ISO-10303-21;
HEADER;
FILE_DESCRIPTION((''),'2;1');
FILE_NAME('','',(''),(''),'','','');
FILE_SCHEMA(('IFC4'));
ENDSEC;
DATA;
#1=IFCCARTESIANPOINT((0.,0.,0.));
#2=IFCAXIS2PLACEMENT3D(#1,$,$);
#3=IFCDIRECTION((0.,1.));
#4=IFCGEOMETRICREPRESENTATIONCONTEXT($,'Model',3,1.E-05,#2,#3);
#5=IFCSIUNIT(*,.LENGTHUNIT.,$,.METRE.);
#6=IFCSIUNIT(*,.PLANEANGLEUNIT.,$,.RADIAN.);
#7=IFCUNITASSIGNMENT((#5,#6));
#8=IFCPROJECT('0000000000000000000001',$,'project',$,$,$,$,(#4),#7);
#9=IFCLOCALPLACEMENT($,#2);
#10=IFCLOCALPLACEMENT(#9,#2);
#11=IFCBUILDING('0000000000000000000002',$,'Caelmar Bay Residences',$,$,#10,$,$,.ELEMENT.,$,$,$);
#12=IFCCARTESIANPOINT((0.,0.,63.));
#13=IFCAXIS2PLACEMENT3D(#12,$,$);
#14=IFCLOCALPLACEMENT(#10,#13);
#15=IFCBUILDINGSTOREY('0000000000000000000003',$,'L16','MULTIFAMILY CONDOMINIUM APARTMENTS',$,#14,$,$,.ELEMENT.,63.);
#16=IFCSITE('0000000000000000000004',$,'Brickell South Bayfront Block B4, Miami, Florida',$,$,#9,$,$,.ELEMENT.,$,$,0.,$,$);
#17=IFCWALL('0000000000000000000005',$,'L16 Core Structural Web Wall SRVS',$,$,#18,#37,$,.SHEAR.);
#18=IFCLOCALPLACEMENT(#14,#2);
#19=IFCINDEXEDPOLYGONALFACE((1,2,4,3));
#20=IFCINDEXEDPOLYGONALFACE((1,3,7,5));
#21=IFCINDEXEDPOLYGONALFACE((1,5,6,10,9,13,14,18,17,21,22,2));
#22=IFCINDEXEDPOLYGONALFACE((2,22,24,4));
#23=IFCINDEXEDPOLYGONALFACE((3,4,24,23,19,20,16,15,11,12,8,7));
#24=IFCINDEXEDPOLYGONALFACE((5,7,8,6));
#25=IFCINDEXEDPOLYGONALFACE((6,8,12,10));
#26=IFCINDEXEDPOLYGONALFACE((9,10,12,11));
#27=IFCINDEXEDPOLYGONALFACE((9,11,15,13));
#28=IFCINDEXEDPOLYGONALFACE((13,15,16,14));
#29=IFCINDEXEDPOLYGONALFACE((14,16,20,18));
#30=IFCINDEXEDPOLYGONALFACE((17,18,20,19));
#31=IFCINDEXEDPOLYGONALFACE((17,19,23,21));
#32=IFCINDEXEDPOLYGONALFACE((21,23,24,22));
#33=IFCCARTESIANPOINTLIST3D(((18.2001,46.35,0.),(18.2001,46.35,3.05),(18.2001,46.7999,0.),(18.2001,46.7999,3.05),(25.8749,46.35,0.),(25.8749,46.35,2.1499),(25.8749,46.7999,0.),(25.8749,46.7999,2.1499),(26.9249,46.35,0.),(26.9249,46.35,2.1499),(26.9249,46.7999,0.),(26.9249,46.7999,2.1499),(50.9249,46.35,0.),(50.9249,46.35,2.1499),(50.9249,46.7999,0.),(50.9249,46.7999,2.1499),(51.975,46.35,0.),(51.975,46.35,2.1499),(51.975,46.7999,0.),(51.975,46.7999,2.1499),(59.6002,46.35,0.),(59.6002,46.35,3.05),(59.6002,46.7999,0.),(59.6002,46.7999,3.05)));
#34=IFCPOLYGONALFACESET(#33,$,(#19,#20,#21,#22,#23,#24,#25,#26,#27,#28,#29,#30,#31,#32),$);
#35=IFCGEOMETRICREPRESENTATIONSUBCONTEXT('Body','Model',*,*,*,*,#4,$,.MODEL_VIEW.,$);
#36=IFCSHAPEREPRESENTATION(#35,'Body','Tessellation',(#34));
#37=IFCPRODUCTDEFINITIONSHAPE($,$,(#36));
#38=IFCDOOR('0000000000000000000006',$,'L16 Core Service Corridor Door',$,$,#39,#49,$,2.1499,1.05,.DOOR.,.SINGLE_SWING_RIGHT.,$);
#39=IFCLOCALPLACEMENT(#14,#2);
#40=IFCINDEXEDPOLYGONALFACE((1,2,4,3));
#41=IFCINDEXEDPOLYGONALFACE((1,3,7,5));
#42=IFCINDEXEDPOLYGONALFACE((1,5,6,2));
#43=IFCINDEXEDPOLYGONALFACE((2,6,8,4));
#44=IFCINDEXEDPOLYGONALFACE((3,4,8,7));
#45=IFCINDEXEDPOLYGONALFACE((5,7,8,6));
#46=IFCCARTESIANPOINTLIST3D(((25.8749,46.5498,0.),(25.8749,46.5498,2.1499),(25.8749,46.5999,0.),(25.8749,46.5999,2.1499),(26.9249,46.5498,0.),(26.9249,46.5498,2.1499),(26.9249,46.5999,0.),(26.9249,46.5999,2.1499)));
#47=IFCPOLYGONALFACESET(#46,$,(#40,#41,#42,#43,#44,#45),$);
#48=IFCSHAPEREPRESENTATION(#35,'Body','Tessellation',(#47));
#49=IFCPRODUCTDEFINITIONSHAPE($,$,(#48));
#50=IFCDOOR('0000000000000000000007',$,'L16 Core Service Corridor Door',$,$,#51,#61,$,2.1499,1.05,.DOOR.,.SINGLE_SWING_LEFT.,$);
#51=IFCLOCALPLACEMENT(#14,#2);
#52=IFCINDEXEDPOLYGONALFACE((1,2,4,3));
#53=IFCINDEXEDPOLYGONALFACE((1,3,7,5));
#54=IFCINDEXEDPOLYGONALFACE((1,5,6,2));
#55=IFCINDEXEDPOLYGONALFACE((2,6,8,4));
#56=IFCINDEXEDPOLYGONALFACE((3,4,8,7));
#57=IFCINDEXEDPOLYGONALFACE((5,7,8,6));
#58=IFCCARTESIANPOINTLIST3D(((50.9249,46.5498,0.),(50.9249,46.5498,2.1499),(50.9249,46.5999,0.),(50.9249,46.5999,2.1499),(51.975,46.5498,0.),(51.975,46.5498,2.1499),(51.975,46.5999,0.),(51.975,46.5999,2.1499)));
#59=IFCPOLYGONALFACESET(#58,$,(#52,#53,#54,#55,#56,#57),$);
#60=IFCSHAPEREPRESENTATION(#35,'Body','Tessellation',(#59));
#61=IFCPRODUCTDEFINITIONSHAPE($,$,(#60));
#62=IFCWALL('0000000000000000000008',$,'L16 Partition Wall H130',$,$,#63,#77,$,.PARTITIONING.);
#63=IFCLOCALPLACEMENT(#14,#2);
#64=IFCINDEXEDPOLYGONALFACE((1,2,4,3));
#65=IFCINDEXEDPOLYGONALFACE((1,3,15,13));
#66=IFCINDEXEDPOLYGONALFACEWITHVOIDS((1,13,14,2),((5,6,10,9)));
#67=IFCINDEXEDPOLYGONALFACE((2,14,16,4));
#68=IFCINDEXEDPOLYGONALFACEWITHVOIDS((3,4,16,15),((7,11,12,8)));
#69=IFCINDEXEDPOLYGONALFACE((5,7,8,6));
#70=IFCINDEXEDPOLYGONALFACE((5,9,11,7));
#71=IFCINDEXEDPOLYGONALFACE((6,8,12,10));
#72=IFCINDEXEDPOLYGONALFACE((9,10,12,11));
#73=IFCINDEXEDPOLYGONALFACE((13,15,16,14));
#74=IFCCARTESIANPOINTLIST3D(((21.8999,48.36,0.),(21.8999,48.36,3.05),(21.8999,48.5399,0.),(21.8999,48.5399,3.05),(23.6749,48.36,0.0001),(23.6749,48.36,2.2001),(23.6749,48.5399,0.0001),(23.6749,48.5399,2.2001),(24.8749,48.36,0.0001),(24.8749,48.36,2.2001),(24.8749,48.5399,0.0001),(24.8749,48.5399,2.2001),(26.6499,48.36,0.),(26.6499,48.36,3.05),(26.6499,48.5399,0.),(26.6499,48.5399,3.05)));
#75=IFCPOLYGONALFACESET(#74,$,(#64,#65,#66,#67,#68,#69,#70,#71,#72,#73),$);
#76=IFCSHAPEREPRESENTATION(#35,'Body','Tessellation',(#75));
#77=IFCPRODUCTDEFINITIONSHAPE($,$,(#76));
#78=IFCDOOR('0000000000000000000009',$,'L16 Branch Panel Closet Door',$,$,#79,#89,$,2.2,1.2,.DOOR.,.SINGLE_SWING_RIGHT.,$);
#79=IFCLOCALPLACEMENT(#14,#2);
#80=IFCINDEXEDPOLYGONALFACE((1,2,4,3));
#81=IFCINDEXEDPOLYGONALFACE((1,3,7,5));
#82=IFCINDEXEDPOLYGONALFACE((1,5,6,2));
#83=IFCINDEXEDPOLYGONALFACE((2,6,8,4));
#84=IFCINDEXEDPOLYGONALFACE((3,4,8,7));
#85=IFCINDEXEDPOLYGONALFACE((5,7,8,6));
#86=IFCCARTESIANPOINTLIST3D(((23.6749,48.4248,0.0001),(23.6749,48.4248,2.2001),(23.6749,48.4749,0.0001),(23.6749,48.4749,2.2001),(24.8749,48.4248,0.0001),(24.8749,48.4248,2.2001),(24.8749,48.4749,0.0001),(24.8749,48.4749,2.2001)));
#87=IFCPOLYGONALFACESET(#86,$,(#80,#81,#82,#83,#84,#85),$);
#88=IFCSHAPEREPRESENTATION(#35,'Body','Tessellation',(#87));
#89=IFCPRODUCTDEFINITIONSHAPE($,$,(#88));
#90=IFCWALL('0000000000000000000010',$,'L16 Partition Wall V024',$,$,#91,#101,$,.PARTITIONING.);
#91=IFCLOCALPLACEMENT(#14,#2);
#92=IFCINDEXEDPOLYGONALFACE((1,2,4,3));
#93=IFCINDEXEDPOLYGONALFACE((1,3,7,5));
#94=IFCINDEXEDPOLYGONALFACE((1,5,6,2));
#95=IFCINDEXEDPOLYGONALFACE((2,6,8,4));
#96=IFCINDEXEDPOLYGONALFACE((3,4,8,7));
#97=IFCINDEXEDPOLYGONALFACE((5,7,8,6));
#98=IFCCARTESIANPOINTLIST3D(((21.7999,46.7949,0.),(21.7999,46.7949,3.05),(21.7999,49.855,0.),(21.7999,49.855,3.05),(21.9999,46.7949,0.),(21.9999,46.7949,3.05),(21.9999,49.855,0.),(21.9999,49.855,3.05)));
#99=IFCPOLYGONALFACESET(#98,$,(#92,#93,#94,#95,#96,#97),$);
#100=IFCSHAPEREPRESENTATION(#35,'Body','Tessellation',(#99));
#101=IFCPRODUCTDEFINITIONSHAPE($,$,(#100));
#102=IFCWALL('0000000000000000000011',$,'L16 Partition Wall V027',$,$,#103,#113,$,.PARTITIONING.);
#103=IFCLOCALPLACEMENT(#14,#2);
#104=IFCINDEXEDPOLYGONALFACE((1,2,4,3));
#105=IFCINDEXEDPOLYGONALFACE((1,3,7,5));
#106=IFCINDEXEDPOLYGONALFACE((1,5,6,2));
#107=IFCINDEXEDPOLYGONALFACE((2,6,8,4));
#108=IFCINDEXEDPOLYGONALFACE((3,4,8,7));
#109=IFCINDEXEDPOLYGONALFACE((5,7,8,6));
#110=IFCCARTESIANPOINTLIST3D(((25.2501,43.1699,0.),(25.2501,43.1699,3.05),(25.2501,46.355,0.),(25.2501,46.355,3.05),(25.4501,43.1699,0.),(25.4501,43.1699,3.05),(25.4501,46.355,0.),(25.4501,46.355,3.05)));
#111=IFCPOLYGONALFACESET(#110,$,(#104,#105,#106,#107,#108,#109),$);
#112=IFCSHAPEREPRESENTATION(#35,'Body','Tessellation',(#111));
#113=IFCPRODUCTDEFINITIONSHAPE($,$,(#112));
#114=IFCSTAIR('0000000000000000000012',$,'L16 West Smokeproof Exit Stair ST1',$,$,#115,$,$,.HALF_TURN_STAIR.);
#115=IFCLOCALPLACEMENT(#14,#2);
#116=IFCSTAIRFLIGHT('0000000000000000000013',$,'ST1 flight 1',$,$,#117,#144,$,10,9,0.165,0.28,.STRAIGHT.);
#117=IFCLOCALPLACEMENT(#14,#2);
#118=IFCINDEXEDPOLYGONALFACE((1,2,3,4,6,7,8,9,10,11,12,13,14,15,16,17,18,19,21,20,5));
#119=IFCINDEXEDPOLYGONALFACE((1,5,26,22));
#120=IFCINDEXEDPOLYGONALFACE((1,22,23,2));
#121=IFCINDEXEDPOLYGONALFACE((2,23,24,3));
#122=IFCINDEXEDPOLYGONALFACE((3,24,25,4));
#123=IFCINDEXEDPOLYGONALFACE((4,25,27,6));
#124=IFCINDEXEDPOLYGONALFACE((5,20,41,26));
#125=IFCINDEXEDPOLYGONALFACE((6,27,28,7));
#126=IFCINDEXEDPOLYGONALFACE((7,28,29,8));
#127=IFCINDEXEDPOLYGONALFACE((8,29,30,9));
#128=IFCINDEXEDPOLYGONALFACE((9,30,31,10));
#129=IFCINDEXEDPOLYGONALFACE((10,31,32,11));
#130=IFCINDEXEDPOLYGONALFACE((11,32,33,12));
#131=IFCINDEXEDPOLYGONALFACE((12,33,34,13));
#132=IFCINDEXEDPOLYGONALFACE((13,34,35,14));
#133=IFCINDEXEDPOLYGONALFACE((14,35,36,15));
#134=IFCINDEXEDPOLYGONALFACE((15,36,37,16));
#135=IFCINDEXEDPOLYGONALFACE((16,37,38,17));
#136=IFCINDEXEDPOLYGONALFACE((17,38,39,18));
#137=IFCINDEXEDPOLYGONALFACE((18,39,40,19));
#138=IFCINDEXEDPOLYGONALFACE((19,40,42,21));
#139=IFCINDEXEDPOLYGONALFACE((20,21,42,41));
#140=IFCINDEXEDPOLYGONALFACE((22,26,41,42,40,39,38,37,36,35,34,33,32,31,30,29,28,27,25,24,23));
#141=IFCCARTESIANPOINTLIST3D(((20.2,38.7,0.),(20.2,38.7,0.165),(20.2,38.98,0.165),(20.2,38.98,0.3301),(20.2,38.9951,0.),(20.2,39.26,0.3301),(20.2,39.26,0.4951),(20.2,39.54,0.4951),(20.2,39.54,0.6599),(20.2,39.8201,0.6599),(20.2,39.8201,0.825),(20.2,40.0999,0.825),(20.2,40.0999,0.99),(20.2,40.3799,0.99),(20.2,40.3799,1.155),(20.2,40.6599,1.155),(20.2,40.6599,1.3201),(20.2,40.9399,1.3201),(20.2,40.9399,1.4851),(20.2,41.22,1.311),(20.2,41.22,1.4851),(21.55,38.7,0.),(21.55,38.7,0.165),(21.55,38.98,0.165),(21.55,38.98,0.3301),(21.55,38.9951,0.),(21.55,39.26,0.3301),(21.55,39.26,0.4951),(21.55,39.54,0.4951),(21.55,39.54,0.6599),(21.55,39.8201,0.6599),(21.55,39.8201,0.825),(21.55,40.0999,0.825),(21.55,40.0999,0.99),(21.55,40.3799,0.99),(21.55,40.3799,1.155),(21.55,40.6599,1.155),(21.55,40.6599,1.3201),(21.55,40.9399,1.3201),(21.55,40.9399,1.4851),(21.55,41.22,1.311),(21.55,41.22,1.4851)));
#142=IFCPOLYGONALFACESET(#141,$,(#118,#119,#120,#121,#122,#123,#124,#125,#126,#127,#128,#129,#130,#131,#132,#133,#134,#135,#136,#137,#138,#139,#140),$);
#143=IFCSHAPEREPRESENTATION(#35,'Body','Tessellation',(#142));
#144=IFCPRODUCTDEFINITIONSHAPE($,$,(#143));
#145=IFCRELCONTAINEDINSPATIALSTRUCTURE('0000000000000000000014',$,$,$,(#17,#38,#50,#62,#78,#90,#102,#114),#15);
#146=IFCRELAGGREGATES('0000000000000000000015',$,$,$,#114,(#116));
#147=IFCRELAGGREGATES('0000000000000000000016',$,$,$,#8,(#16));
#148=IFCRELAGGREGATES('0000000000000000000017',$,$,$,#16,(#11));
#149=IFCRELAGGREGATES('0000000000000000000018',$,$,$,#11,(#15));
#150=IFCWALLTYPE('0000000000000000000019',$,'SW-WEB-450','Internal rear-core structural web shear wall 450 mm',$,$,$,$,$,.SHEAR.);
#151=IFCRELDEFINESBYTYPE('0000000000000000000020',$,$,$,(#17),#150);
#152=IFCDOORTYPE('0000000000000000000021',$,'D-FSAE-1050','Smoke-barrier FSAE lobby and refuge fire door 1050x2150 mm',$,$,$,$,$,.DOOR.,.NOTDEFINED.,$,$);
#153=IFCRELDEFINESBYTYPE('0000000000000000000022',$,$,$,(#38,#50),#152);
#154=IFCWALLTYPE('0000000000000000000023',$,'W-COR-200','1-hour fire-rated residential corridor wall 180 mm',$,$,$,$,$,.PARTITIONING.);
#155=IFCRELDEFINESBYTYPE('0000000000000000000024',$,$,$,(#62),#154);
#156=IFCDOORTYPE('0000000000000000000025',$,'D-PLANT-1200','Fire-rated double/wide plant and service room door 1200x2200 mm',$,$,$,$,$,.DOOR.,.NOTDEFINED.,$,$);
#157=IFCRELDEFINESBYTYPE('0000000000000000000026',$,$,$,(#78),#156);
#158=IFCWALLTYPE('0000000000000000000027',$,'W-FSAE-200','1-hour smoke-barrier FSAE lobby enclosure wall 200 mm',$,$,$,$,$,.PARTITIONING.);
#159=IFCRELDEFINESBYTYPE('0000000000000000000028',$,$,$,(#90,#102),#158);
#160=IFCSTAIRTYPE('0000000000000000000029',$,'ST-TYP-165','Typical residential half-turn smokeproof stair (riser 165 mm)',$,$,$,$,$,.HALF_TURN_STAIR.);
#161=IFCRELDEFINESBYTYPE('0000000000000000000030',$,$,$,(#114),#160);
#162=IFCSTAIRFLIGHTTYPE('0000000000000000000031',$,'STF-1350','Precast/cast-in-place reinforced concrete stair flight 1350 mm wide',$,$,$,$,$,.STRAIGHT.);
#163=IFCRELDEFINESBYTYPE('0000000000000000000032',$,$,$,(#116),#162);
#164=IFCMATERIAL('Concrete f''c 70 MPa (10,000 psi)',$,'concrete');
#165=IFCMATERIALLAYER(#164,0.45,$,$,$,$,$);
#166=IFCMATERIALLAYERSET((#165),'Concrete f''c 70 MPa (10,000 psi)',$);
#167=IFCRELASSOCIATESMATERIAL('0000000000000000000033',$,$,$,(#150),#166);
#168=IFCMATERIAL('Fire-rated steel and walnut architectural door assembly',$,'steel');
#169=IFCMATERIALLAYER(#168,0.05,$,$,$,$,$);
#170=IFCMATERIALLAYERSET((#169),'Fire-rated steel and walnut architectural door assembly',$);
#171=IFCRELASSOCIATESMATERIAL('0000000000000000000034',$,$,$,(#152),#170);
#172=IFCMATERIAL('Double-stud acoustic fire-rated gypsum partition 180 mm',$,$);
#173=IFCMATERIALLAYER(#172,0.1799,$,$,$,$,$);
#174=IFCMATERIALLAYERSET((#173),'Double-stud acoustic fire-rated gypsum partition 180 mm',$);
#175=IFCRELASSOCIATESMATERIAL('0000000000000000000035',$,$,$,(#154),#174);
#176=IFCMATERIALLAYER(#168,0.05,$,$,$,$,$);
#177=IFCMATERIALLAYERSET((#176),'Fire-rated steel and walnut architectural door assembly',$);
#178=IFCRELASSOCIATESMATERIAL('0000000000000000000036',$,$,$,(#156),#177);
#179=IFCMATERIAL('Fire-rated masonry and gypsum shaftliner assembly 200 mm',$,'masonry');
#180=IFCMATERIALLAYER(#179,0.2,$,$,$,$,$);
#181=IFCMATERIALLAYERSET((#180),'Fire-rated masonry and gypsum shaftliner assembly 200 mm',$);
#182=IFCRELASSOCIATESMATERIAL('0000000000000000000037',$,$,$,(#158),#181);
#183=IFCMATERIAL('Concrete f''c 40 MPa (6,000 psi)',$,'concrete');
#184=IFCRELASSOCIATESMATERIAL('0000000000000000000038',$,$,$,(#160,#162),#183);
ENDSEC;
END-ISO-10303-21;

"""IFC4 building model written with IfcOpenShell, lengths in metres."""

from ifc_helpers import new_model, si_unit, direction, frame, frame_2d, origin, place, context, subcontext, project, spatial, polyline, rectangle, outline, extrude, material, layer, layer_set, type_object, element, fill, aggregate, save


model = new_model("IFC4")

# Units and contexts
model_context = context("Model", 3, precision=1e-05, world=origin(), true_north=direction((0.0, 1.0)))
body_context = subcontext(model_context, "Body", "Model", "MODEL_VIEW")
ifc_project = project(units=[si_unit("LENGTHUNIT", "METRE"), si_unit("PLANEANGLEUNIT", "RADIAN")], contexts=[model_context])

# Site, building, storey
site_placement = place(None, origin())
site = spatial("IfcSite", under=ifc_project, at=site_placement, Name="Brickell South Bayfront Block B4, Miami, Florida", CompositionType="ELEMENT", RefElevation=0.0)
building_placement = place(site_placement, origin())
building = spatial("IfcBuilding", under=site, at=building_placement, Name="Caelmar Bay Residences", CompositionType="ELEMENT")
storey_placement = place(building_placement, frame((0.0, 0.0, 63.0)))
storey = spatial("IfcBuildingStorey", under=building, at=storey_placement, Name="L16", Description="MULTIFAMILY CONDOMINIUM APARTMENTS", CompositionType="ELEMENT", Elevation=63.0)

# Shared definitions
ifc_material_1 = material(Name="Fire-rated steel and walnut architectural door assembly", Category="steel")

# Wall, openings, doors
ifc_material_2 = material(Name="Concrete f'c 70 MPa (10,000 psi)", Category="concrete")
ifc_layer_1 = layer(ifc_material_2, 0.45)
ifc_layer_set_1 = layer_set([ifc_layer_1], Name="Concrete f'c 70 MPa (10,000 psi)")
wall_type_1 = type_object("IfcWallType", Name="SW-WEB-450", Description="Internal rear-core structural web shear wall 450 mm", PredefinedType="SHEAR", material=ifc_layer_set_1)
ifc_layer_2 = layer(ifc_material_1, 0.05)
ifc_layer_set_2 = layer_set([ifc_layer_2], Name="Fire-rated steel and walnut architectural door assembly")
door_type_1 = type_object("IfcDoorType", Name="D-FSAE-1050", Description="Smoke-barrier FSAE lobby and refuge fire door 1050x2150 mm", OperationType="NOTDEFINED", PredefinedType="DOOR", material=ifc_layer_set_2)
wall_1_placement = place(storey_placement, frame((18.2, 46.575, 0.0), z_axis=(0.0, 0.0, 1.0), x_axis=(1.0, 0.0, 0.0)))
wall_1 = element("IfcWall", 1, at=wall_1_placement, inside=storey, type_object=wall_type_1, Name="L16 Core Structural Web Wall SRVS", PredefinedType="SHEAR", context=body_context, shape_type="SweptSolid", body=[
    extrude(rectangle(XDim=41.4001, YDim=0.45, at=frame_2d((20.7002, 0.0))), origin(), (0.0, 0.0, 1.0), 3.05),
])
opening_1_placement = place(wall_1_placement, frame((7.675, 0.0, 0.0)))
opening_1 = element("IfcOpeningElement", 2, at=opening_1_placement, cuts=wall_1, PredefinedType="OPENING", context=body_context, shape_type="SweptSolid", body=[
    extrude(rectangle(XDim=1.05, YDim=2.1499, at=frame_2d((0.5249, 1.075))), frame((0.0, 0.2349, 0.0), z_axis=(0.0, -1.0, 0.0), x_axis=(1.0, 0.0, 0.0)), (0.0, 0.0, 1.0), 0.47),
])
opening_2_placement = place(wall_1_placement, frame((32.7251, 0.0, 0.0)))
opening_2 = element("IfcOpeningElement", 3, at=opening_2_placement, cuts=wall_1, PredefinedType="OPENING", context=body_context, shape_type="SweptSolid", body=[
    extrude(rectangle(XDim=1.05, YDim=2.1499, at=frame_2d((0.5249, 1.075))), frame((0.0, 0.2349, 0.0), z_axis=(0.0, -1.0, 0.0), x_axis=(1.0, 0.0, 0.0)), (0.0, 0.0, 1.0), 0.47),
])
door_1_placement = place(opening_1_placement, origin())
door_1 = element("IfcDoor", 4, at=door_1_placement, inside=storey, type_object=door_type_1, Name="L16 Core Service Corridor Door", OperationType="SINGLE_SWING_RIGHT", OverallHeight=2.1499, OverallWidth=1.05, PredefinedType="DOOR", context=body_context, shape_type="SweptSolid", body=[
    extrude(rectangle(XDim=1.05, YDim=2.1499, at=frame_2d((0.5249, 1.075))), frame((0.0, 0.0249, 0.0), z_axis=(0.0, -1.0, 0.0), x_axis=(1.0, 0.0, 0.0)), (0.0, 0.0, 1.0), 0.05),
])
fill(opening_1, door_1)
door_2_placement = place(opening_2_placement, origin())
door_2 = element("IfcDoor", 5, at=door_2_placement, inside=storey, type_object=door_type_1, Name="L16 Core Service Corridor Door", OperationType="SINGLE_SWING_LEFT", OverallHeight=2.1499, OverallWidth=1.05, PredefinedType="DOOR", context=body_context, shape_type="SweptSolid", body=[
    extrude(rectangle(XDim=1.05, YDim=2.1499, at=frame_2d((0.5249, 1.075))), frame((0.0, 0.0249, 0.0), z_axis=(0.0, -1.0, 0.0), x_axis=(1.0, 0.0, 0.0)), (0.0, 0.0, 1.0), 0.05),
])
fill(opening_2, door_2)

# Wall, opening, door
ifc_material_3 = material(Name="Double-stud acoustic fire-rated gypsum partition 180 mm")
ifc_layer_3 = layer(ifc_material_3, 0.1799)
ifc_layer_set_3 = layer_set([ifc_layer_3], Name="Double-stud acoustic fire-rated gypsum partition 180 mm")
wall_type_2 = type_object("IfcWallType", Name="W-COR-200", Description="1-hour fire-rated residential corridor wall 180 mm", PredefinedType="PARTITIONING", material=ifc_layer_set_3)
wall_2_placement = place(storey_placement, frame((21.8999, 48.45, 0.0), z_axis=(0.0, 0.0, 1.0), x_axis=(1.0, 0.0, 0.0)))
wall_2 = element("IfcWall", 6, at=wall_2_placement, inside=storey, type_object=wall_type_2, Name="L16 Partition Wall H130", PredefinedType="PARTITIONING", context=body_context, shape_type="SweptSolid", body=[
    extrude(rectangle(XDim=4.75, YDim=0.1799, at=frame_2d((2.375, 0.0))), origin(), (0.0, 0.0, 1.0), 3.05),
])
opening_3_placement = place(wall_2_placement, frame((1.7749, 0.0, 0.0)))
opening_3 = element("IfcOpeningElement", 7, at=opening_3_placement, cuts=wall_2, PredefinedType="OPENING", context=body_context, shape_type="SweptSolid", body=[
    extrude(rectangle(XDim=1.2, YDim=2.2, at=frame_2d((0.6001, 1.1001))), frame((0.0, 0.0999, 0.0), z_axis=(0.0, -1.0, 0.0), x_axis=(1.0, 0.0, 0.0)), (0.0, 0.0, 1.0), 0.2),
])
ifc_layer_4 = layer(ifc_material_1, 0.05)
ifc_layer_set_4 = layer_set([ifc_layer_4], Name="Fire-rated steel and walnut architectural door assembly")
door_type_2 = type_object("IfcDoorType", Name="D-PLANT-1200", Description="Fire-rated double/wide plant and service room door 1200x2200 mm", OperationType="NOTDEFINED", PredefinedType="DOOR", material=ifc_layer_set_4)
door_3_placement = place(opening_3_placement, origin())
door_3 = element("IfcDoor", 8, at=door_3_placement, inside=storey, type_object=door_type_2, Name="L16 Branch Panel Closet Door", OperationType="SINGLE_SWING_RIGHT", OverallHeight=2.2, OverallWidth=1.2, PredefinedType="DOOR", context=body_context, shape_type="SweptSolid", body=[
    extrude(rectangle(XDim=1.2, YDim=2.2, at=frame_2d((0.6001, 1.1001))), frame((0.0, 0.0249, 0.0), z_axis=(0.0, -1.0, 0.0), x_axis=(1.0, 0.0, 0.0)), (0.0, 0.0, 1.0), 0.05),
])
fill(opening_3, door_3)

# Walls
ifc_material_4 = material(Name="Fire-rated masonry and gypsum shaftliner assembly 200 mm", Category="masonry")
ifc_layer_5 = layer(ifc_material_4, 0.2)
ifc_layer_set_5 = layer_set([ifc_layer_5], Name="Fire-rated masonry and gypsum shaftliner assembly 200 mm")
wall_type_3 = type_object("IfcWallType", Name="W-FSAE-200", Description="1-hour smoke-barrier FSAE lobby enclosure wall 200 mm", PredefinedType="PARTITIONING", material=ifc_layer_set_5)
wall_3_placement = place(storey_placement, frame((21.8999, 46.7949, 0.0), z_axis=(0.0, 0.0, 1.0), x_axis=(0.0, 1.0, 0.0)))
element("IfcWall", 9, at=wall_3_placement, inside=storey, type_object=wall_type_3, Name="L16 Partition Wall V024", PredefinedType="PARTITIONING", context=body_context, shape_type="SweptSolid", body=[
    extrude(rectangle(XDim=3.0601, YDim=0.2, at=frame_2d((1.53, 0.0))), origin(), (0.0, 0.0, 1.0), 3.05),
])
wall_4_placement = place(storey_placement, frame((25.3501, 43.1699, 0.0), z_axis=(0.0, 0.0, 1.0), x_axis=(0.0, 1.0, 0.0)))
element("IfcWall", 10, at=wall_4_placement, inside=storey, type_object=wall_type_3, Name="L16 Partition Wall V027", PredefinedType="PARTITIONING", context=body_context, shape_type="SweptSolid", body=[
    extrude(rectangle(XDim=3.1851, YDim=0.2, at=frame_2d((1.5925, 0.0))), origin(), (0.0, 0.0, 1.0), 3.05),
])

# Stair, stair flight
ifc_material_5 = material(Name="Concrete f'c 40 MPa (6,000 psi)", Category="concrete")
stair_type = type_object("IfcStairType", Name="ST-TYP-165", Description="Typical residential half-turn smokeproof stair (riser 165 mm)", PredefinedType="HALF_TURN_STAIR", material=ifc_material_5)
stair_placement = place(storey_placement, origin())
stair = element("IfcStair", 11, at=stair_placement, inside=storey, type_object=stair_type, Name="L16 West Smokeproof Exit Stair ST1", PredefinedType="HALF_TURN_STAIR")
stair_flight_type = type_object("IfcStairFlightType", Name="STF-1350", Description="Precast/cast-in-place reinforced concrete stair flight 1350 mm wide", PredefinedType="STRAIGHT", material=ifc_material_5)
stair_flight_1_placement = place(storey_placement, frame((20.875, 38.7, 0.0), z_axis=(0.0, 0.0, 1.0), x_axis=(0.0, 1.0, 0.0)))
stair_flight_1 = element("IfcStairFlight", 12, at=stair_flight_1_placement, type_object=stair_flight_type, Name="ST1 flight 1", NumberOfRisers=10, NumberOfTreads=9, PredefinedType="STRAIGHT", RiserHeight=0.165, TreadLength=0.28, context=body_context, shape_type="SweptSolid", body=[
    extrude(outline(polyline([(0.0, 0.0), (0.0, 0.165), (0.28, 0.165), (0.28, 0.3301), (0.5601, 0.3301), (0.5601, 0.4951), (0.8401, 0.4951), (0.8401, 0.6599), (1.1201, 0.6599), (1.1201, 0.825), (1.3999, 0.825), (1.3999, 0.99), (1.6799, 0.99), (1.6799, 1.155), (1.96, 1.155), (1.96, 1.3201), (2.24, 1.3201), (2.24, 1.4851), (2.52, 1.4851), (2.52, 1.6499), (2.52, 1.311), (0.2952, 0.0), (0.0, 0.0)])), frame((0.0, 0.675, 0.0), z_axis=(0.0, -1.0, 0.0), x_axis=(1.0, 0.0, 0.0)), (0.0, 0.0, 1.0), 1.3501),
])
aggregate(stair, [stair_flight_1])

save(model, "model.ifc")
